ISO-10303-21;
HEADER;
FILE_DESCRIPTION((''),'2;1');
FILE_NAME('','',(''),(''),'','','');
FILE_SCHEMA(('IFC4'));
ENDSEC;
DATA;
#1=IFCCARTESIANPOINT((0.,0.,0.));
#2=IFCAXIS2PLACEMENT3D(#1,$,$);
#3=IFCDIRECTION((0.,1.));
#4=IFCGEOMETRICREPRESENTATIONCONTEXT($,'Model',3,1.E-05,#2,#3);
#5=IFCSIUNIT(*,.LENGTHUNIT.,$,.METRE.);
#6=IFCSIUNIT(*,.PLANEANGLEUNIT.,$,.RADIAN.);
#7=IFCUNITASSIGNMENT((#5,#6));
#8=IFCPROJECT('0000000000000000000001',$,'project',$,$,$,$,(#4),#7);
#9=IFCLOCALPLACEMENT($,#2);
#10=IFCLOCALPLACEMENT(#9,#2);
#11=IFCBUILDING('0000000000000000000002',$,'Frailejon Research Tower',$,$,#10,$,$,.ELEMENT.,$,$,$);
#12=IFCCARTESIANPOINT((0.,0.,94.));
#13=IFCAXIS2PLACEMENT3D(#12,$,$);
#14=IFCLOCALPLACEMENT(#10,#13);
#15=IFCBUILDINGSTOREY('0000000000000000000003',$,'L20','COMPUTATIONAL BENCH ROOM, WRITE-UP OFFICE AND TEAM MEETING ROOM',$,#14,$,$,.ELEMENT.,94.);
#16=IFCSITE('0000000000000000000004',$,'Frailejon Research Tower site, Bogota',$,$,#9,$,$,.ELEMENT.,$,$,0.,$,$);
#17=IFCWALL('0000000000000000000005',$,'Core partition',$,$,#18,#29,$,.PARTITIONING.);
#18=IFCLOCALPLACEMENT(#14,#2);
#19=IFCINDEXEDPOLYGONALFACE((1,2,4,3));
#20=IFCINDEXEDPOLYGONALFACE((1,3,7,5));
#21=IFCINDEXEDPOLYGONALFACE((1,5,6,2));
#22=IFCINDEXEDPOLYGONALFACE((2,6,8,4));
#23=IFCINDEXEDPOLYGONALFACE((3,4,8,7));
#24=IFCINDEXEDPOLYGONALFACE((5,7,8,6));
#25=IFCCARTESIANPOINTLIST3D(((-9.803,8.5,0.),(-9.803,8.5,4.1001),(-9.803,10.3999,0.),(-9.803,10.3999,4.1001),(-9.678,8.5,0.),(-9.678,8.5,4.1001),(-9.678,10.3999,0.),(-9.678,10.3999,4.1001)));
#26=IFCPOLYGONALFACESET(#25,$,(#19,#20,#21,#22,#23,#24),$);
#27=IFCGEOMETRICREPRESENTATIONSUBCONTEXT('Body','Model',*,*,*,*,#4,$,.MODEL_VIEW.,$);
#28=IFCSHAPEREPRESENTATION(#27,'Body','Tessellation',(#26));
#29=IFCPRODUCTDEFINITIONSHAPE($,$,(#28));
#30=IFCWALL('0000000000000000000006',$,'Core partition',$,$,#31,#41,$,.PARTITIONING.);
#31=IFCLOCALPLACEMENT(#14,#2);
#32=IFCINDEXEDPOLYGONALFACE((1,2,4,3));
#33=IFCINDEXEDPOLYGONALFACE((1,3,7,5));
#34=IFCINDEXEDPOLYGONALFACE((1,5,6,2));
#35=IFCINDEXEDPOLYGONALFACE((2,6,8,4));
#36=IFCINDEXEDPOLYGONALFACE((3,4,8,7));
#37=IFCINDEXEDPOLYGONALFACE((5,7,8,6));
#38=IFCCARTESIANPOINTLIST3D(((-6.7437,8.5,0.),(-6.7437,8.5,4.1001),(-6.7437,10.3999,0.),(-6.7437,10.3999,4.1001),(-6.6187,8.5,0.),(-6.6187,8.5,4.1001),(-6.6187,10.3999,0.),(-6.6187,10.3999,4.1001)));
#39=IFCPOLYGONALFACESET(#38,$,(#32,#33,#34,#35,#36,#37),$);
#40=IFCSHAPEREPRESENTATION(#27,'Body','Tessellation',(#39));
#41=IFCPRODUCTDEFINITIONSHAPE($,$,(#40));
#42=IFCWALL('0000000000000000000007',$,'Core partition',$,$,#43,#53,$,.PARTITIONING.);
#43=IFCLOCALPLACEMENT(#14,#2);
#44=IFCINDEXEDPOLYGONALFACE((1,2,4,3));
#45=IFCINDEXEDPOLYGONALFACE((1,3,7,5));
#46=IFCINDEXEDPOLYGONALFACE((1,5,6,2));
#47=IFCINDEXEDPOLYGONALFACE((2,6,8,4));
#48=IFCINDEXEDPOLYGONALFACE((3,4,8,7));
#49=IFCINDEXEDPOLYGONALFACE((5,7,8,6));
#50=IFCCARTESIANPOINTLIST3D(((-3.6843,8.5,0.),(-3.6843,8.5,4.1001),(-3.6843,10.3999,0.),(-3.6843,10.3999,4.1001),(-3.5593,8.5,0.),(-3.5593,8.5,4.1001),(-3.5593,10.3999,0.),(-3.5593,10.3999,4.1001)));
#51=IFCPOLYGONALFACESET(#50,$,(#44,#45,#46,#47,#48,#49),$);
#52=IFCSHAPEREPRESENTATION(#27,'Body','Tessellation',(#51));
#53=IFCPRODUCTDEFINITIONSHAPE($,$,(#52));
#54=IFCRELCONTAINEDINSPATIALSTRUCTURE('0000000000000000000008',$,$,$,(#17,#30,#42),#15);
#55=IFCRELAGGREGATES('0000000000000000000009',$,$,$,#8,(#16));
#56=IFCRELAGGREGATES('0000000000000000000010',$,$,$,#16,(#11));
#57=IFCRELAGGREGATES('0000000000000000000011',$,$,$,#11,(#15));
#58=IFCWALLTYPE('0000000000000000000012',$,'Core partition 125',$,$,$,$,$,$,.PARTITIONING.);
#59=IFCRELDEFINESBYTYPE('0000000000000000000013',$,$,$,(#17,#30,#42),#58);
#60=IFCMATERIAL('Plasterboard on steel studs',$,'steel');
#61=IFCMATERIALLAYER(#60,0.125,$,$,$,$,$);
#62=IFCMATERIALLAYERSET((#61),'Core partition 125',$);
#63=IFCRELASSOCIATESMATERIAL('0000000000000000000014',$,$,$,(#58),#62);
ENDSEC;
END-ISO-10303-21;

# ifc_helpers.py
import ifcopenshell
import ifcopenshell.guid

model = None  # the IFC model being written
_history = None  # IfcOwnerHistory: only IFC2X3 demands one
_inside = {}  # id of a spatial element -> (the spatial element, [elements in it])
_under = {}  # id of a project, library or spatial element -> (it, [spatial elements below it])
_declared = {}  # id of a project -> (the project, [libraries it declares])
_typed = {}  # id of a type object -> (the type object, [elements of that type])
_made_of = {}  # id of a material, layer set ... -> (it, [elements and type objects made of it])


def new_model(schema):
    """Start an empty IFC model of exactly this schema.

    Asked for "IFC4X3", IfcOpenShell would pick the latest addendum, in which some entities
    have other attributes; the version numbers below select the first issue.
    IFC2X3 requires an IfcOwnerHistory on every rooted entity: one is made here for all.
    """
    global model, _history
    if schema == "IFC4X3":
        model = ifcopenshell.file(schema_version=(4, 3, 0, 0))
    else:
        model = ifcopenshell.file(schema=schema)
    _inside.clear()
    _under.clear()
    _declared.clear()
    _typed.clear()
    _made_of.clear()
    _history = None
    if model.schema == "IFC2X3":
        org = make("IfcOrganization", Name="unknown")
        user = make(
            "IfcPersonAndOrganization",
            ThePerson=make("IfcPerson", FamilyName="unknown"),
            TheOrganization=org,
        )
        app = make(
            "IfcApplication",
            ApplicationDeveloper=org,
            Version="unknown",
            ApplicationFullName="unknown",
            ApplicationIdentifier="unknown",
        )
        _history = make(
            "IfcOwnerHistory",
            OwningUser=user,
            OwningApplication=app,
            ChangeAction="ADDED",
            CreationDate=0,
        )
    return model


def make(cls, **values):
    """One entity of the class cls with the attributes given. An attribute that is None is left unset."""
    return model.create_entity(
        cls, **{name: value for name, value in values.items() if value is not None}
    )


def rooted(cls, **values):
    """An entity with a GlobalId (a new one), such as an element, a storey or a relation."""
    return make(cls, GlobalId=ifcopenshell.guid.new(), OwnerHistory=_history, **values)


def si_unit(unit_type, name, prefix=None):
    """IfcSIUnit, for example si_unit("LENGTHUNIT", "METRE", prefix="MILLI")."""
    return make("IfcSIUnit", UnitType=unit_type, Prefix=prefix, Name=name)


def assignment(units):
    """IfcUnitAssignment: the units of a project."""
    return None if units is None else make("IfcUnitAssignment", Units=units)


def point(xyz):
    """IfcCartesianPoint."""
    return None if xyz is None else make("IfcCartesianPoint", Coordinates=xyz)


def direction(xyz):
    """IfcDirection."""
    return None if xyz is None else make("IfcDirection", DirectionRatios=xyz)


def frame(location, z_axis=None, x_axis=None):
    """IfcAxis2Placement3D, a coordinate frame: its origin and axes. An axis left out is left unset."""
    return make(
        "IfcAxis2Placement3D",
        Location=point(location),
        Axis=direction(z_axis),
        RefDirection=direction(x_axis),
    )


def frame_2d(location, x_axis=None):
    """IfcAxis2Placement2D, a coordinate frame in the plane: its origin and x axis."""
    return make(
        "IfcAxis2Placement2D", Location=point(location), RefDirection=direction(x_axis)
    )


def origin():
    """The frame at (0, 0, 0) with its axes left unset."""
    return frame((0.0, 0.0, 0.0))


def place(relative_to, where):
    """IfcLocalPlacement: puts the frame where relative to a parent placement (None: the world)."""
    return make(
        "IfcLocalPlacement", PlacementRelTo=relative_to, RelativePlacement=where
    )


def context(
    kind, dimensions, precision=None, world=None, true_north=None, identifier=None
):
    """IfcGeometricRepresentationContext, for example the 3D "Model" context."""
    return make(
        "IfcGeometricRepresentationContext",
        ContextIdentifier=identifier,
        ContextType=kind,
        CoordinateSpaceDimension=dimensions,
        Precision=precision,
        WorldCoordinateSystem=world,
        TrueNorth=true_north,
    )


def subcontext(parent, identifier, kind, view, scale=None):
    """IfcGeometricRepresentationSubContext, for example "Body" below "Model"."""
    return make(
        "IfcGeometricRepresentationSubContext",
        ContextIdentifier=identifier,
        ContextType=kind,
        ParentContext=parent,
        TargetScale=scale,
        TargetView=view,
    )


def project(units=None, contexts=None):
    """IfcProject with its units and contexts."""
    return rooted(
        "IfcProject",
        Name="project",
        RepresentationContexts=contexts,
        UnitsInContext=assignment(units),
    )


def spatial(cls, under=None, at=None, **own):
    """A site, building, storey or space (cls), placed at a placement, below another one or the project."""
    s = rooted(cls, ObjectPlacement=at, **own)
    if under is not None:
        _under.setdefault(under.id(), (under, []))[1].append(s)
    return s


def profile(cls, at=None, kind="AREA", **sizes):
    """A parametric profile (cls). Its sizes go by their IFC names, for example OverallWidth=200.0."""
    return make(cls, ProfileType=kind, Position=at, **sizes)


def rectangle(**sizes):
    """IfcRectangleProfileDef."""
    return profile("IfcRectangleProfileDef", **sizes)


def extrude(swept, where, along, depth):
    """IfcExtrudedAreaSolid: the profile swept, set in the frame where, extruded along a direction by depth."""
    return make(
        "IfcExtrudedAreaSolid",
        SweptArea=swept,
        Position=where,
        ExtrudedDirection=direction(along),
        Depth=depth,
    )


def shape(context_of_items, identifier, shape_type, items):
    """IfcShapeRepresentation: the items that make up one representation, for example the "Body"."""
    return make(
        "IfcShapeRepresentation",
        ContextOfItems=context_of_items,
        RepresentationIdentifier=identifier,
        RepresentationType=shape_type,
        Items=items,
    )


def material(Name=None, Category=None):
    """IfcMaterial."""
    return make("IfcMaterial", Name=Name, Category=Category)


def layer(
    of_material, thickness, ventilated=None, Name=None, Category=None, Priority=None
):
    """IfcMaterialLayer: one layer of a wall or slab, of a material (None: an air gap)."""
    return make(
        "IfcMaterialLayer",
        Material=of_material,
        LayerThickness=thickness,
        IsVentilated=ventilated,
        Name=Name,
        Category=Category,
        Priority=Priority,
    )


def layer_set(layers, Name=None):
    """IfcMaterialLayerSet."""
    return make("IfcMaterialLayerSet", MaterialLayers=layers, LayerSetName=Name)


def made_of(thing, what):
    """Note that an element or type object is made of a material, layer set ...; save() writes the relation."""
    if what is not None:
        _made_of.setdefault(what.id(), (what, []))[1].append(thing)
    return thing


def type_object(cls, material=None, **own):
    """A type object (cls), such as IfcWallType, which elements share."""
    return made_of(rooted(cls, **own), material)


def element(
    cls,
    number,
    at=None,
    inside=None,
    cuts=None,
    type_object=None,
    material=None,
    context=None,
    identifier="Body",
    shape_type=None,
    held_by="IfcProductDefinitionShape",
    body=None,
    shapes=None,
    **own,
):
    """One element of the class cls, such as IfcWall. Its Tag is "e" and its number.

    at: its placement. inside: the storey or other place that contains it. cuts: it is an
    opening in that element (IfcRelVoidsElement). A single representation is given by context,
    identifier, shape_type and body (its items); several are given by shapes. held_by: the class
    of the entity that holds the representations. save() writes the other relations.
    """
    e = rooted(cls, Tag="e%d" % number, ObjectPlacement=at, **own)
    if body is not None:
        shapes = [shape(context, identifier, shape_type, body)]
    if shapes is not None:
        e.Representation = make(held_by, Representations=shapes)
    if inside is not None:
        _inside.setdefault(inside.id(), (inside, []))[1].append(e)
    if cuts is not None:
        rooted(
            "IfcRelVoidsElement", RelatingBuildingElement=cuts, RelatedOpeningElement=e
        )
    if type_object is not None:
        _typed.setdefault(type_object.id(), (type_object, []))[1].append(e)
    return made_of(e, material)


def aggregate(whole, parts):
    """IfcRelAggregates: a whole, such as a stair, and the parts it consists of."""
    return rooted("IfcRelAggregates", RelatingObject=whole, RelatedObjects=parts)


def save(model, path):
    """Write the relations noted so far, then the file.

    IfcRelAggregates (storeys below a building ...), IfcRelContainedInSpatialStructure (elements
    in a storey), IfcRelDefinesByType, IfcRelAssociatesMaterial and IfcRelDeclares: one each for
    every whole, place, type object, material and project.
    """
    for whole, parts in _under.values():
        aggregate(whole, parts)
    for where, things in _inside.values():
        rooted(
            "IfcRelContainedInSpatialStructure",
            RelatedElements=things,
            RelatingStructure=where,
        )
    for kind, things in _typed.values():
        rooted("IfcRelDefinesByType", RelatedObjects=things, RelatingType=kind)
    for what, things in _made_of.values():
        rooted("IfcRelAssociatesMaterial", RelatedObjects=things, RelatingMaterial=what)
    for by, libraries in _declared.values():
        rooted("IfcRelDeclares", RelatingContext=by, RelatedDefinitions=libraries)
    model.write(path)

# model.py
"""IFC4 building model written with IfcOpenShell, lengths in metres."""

from ifc_helpers import new_model, si_unit, direction, frame, frame_2d, origin, place, context, subcontext, project, spatial, rectangle, extrude, material, layer, layer_set, type_object, element, save


model = new_model("IFC4")

# Units and contexts
model_context = context("Model", 3, precision=1e-05, world=origin(), true_north=direction((0.0, 1.0)))
body_context = subcontext(model_context, "Body", "Model", "MODEL_VIEW")
ifc_project = project(units=[si_unit("LENGTHUNIT", "METRE"), si_unit("PLANEANGLEUNIT", "RADIAN")], contexts=[model_context])

# Site, building, storey
site_placement = place(None, origin())
site = spatial("IfcSite", under=ifc_project, at=site_placement, Name="Frailejon Research Tower site, Bogota", CompositionType="ELEMENT", RefElevation=0.0)
building_placement = place(site_placement, origin())
building = spatial("IfcBuilding", under=site, at=building_placement, Name="Frailejon Research Tower", CompositionType="ELEMENT")
storey_placement = place(building_placement, frame((0.0, 0.0, 94.0)))
storey = spatial("IfcBuildingStorey", under=building, at=storey_placement, Name="L20", Description="COMPUTATIONAL BENCH ROOM, WRITE-UP OFFICE AND TEAM MEETING ROOM", CompositionType="ELEMENT", Elevation=94.0)

# Walls
ifc_material_1 = material(Name="Plasterboard on steel studs", Category="steel")
ifc_layer_1 = layer(ifc_material_1, 0.125)
ifc_layer_set_1 = layer_set([ifc_layer_1], Name="Core partition 125")
wall_type_1 = type_object("IfcWallType", Name="Core partition 125", PredefinedType="PARTITIONING", material=ifc_layer_set_1)
for number, where, z_axis, x_axis, name in (
    (1, (-9.7405, 8.5, 0.0), (0.0, 0.0, 1.0), (0.0, 1.0, 0.0), "Core partition"),
    (2, (-6.6812, 8.5, 0.0), (0.0, 0.0, 1.0), (0.0, 1.0, 0.0), "Core partition"),
    (3, (-3.6218, 8.5, 0.0), (0.0, 0.0, 1.0), (0.0, 1.0, 0.0), "Core partition"),
):
    element("IfcWall", number, at=place(storey_placement, frame(where, z_axis=z_axis, x_axis=x_axis)), inside=storey, type_object=wall_type_1, Name=name, PredefinedType="PARTITIONING", context=body_context, shape_type="SweptSolid", body=[
        extrude(rectangle(XDim=1.8999, YDim=0.125, at=frame_2d((0.95, 0.0))), origin(), (0.0, 0.0, 1.0), 4.1001),
    ])

save(model, "model.ifc")
